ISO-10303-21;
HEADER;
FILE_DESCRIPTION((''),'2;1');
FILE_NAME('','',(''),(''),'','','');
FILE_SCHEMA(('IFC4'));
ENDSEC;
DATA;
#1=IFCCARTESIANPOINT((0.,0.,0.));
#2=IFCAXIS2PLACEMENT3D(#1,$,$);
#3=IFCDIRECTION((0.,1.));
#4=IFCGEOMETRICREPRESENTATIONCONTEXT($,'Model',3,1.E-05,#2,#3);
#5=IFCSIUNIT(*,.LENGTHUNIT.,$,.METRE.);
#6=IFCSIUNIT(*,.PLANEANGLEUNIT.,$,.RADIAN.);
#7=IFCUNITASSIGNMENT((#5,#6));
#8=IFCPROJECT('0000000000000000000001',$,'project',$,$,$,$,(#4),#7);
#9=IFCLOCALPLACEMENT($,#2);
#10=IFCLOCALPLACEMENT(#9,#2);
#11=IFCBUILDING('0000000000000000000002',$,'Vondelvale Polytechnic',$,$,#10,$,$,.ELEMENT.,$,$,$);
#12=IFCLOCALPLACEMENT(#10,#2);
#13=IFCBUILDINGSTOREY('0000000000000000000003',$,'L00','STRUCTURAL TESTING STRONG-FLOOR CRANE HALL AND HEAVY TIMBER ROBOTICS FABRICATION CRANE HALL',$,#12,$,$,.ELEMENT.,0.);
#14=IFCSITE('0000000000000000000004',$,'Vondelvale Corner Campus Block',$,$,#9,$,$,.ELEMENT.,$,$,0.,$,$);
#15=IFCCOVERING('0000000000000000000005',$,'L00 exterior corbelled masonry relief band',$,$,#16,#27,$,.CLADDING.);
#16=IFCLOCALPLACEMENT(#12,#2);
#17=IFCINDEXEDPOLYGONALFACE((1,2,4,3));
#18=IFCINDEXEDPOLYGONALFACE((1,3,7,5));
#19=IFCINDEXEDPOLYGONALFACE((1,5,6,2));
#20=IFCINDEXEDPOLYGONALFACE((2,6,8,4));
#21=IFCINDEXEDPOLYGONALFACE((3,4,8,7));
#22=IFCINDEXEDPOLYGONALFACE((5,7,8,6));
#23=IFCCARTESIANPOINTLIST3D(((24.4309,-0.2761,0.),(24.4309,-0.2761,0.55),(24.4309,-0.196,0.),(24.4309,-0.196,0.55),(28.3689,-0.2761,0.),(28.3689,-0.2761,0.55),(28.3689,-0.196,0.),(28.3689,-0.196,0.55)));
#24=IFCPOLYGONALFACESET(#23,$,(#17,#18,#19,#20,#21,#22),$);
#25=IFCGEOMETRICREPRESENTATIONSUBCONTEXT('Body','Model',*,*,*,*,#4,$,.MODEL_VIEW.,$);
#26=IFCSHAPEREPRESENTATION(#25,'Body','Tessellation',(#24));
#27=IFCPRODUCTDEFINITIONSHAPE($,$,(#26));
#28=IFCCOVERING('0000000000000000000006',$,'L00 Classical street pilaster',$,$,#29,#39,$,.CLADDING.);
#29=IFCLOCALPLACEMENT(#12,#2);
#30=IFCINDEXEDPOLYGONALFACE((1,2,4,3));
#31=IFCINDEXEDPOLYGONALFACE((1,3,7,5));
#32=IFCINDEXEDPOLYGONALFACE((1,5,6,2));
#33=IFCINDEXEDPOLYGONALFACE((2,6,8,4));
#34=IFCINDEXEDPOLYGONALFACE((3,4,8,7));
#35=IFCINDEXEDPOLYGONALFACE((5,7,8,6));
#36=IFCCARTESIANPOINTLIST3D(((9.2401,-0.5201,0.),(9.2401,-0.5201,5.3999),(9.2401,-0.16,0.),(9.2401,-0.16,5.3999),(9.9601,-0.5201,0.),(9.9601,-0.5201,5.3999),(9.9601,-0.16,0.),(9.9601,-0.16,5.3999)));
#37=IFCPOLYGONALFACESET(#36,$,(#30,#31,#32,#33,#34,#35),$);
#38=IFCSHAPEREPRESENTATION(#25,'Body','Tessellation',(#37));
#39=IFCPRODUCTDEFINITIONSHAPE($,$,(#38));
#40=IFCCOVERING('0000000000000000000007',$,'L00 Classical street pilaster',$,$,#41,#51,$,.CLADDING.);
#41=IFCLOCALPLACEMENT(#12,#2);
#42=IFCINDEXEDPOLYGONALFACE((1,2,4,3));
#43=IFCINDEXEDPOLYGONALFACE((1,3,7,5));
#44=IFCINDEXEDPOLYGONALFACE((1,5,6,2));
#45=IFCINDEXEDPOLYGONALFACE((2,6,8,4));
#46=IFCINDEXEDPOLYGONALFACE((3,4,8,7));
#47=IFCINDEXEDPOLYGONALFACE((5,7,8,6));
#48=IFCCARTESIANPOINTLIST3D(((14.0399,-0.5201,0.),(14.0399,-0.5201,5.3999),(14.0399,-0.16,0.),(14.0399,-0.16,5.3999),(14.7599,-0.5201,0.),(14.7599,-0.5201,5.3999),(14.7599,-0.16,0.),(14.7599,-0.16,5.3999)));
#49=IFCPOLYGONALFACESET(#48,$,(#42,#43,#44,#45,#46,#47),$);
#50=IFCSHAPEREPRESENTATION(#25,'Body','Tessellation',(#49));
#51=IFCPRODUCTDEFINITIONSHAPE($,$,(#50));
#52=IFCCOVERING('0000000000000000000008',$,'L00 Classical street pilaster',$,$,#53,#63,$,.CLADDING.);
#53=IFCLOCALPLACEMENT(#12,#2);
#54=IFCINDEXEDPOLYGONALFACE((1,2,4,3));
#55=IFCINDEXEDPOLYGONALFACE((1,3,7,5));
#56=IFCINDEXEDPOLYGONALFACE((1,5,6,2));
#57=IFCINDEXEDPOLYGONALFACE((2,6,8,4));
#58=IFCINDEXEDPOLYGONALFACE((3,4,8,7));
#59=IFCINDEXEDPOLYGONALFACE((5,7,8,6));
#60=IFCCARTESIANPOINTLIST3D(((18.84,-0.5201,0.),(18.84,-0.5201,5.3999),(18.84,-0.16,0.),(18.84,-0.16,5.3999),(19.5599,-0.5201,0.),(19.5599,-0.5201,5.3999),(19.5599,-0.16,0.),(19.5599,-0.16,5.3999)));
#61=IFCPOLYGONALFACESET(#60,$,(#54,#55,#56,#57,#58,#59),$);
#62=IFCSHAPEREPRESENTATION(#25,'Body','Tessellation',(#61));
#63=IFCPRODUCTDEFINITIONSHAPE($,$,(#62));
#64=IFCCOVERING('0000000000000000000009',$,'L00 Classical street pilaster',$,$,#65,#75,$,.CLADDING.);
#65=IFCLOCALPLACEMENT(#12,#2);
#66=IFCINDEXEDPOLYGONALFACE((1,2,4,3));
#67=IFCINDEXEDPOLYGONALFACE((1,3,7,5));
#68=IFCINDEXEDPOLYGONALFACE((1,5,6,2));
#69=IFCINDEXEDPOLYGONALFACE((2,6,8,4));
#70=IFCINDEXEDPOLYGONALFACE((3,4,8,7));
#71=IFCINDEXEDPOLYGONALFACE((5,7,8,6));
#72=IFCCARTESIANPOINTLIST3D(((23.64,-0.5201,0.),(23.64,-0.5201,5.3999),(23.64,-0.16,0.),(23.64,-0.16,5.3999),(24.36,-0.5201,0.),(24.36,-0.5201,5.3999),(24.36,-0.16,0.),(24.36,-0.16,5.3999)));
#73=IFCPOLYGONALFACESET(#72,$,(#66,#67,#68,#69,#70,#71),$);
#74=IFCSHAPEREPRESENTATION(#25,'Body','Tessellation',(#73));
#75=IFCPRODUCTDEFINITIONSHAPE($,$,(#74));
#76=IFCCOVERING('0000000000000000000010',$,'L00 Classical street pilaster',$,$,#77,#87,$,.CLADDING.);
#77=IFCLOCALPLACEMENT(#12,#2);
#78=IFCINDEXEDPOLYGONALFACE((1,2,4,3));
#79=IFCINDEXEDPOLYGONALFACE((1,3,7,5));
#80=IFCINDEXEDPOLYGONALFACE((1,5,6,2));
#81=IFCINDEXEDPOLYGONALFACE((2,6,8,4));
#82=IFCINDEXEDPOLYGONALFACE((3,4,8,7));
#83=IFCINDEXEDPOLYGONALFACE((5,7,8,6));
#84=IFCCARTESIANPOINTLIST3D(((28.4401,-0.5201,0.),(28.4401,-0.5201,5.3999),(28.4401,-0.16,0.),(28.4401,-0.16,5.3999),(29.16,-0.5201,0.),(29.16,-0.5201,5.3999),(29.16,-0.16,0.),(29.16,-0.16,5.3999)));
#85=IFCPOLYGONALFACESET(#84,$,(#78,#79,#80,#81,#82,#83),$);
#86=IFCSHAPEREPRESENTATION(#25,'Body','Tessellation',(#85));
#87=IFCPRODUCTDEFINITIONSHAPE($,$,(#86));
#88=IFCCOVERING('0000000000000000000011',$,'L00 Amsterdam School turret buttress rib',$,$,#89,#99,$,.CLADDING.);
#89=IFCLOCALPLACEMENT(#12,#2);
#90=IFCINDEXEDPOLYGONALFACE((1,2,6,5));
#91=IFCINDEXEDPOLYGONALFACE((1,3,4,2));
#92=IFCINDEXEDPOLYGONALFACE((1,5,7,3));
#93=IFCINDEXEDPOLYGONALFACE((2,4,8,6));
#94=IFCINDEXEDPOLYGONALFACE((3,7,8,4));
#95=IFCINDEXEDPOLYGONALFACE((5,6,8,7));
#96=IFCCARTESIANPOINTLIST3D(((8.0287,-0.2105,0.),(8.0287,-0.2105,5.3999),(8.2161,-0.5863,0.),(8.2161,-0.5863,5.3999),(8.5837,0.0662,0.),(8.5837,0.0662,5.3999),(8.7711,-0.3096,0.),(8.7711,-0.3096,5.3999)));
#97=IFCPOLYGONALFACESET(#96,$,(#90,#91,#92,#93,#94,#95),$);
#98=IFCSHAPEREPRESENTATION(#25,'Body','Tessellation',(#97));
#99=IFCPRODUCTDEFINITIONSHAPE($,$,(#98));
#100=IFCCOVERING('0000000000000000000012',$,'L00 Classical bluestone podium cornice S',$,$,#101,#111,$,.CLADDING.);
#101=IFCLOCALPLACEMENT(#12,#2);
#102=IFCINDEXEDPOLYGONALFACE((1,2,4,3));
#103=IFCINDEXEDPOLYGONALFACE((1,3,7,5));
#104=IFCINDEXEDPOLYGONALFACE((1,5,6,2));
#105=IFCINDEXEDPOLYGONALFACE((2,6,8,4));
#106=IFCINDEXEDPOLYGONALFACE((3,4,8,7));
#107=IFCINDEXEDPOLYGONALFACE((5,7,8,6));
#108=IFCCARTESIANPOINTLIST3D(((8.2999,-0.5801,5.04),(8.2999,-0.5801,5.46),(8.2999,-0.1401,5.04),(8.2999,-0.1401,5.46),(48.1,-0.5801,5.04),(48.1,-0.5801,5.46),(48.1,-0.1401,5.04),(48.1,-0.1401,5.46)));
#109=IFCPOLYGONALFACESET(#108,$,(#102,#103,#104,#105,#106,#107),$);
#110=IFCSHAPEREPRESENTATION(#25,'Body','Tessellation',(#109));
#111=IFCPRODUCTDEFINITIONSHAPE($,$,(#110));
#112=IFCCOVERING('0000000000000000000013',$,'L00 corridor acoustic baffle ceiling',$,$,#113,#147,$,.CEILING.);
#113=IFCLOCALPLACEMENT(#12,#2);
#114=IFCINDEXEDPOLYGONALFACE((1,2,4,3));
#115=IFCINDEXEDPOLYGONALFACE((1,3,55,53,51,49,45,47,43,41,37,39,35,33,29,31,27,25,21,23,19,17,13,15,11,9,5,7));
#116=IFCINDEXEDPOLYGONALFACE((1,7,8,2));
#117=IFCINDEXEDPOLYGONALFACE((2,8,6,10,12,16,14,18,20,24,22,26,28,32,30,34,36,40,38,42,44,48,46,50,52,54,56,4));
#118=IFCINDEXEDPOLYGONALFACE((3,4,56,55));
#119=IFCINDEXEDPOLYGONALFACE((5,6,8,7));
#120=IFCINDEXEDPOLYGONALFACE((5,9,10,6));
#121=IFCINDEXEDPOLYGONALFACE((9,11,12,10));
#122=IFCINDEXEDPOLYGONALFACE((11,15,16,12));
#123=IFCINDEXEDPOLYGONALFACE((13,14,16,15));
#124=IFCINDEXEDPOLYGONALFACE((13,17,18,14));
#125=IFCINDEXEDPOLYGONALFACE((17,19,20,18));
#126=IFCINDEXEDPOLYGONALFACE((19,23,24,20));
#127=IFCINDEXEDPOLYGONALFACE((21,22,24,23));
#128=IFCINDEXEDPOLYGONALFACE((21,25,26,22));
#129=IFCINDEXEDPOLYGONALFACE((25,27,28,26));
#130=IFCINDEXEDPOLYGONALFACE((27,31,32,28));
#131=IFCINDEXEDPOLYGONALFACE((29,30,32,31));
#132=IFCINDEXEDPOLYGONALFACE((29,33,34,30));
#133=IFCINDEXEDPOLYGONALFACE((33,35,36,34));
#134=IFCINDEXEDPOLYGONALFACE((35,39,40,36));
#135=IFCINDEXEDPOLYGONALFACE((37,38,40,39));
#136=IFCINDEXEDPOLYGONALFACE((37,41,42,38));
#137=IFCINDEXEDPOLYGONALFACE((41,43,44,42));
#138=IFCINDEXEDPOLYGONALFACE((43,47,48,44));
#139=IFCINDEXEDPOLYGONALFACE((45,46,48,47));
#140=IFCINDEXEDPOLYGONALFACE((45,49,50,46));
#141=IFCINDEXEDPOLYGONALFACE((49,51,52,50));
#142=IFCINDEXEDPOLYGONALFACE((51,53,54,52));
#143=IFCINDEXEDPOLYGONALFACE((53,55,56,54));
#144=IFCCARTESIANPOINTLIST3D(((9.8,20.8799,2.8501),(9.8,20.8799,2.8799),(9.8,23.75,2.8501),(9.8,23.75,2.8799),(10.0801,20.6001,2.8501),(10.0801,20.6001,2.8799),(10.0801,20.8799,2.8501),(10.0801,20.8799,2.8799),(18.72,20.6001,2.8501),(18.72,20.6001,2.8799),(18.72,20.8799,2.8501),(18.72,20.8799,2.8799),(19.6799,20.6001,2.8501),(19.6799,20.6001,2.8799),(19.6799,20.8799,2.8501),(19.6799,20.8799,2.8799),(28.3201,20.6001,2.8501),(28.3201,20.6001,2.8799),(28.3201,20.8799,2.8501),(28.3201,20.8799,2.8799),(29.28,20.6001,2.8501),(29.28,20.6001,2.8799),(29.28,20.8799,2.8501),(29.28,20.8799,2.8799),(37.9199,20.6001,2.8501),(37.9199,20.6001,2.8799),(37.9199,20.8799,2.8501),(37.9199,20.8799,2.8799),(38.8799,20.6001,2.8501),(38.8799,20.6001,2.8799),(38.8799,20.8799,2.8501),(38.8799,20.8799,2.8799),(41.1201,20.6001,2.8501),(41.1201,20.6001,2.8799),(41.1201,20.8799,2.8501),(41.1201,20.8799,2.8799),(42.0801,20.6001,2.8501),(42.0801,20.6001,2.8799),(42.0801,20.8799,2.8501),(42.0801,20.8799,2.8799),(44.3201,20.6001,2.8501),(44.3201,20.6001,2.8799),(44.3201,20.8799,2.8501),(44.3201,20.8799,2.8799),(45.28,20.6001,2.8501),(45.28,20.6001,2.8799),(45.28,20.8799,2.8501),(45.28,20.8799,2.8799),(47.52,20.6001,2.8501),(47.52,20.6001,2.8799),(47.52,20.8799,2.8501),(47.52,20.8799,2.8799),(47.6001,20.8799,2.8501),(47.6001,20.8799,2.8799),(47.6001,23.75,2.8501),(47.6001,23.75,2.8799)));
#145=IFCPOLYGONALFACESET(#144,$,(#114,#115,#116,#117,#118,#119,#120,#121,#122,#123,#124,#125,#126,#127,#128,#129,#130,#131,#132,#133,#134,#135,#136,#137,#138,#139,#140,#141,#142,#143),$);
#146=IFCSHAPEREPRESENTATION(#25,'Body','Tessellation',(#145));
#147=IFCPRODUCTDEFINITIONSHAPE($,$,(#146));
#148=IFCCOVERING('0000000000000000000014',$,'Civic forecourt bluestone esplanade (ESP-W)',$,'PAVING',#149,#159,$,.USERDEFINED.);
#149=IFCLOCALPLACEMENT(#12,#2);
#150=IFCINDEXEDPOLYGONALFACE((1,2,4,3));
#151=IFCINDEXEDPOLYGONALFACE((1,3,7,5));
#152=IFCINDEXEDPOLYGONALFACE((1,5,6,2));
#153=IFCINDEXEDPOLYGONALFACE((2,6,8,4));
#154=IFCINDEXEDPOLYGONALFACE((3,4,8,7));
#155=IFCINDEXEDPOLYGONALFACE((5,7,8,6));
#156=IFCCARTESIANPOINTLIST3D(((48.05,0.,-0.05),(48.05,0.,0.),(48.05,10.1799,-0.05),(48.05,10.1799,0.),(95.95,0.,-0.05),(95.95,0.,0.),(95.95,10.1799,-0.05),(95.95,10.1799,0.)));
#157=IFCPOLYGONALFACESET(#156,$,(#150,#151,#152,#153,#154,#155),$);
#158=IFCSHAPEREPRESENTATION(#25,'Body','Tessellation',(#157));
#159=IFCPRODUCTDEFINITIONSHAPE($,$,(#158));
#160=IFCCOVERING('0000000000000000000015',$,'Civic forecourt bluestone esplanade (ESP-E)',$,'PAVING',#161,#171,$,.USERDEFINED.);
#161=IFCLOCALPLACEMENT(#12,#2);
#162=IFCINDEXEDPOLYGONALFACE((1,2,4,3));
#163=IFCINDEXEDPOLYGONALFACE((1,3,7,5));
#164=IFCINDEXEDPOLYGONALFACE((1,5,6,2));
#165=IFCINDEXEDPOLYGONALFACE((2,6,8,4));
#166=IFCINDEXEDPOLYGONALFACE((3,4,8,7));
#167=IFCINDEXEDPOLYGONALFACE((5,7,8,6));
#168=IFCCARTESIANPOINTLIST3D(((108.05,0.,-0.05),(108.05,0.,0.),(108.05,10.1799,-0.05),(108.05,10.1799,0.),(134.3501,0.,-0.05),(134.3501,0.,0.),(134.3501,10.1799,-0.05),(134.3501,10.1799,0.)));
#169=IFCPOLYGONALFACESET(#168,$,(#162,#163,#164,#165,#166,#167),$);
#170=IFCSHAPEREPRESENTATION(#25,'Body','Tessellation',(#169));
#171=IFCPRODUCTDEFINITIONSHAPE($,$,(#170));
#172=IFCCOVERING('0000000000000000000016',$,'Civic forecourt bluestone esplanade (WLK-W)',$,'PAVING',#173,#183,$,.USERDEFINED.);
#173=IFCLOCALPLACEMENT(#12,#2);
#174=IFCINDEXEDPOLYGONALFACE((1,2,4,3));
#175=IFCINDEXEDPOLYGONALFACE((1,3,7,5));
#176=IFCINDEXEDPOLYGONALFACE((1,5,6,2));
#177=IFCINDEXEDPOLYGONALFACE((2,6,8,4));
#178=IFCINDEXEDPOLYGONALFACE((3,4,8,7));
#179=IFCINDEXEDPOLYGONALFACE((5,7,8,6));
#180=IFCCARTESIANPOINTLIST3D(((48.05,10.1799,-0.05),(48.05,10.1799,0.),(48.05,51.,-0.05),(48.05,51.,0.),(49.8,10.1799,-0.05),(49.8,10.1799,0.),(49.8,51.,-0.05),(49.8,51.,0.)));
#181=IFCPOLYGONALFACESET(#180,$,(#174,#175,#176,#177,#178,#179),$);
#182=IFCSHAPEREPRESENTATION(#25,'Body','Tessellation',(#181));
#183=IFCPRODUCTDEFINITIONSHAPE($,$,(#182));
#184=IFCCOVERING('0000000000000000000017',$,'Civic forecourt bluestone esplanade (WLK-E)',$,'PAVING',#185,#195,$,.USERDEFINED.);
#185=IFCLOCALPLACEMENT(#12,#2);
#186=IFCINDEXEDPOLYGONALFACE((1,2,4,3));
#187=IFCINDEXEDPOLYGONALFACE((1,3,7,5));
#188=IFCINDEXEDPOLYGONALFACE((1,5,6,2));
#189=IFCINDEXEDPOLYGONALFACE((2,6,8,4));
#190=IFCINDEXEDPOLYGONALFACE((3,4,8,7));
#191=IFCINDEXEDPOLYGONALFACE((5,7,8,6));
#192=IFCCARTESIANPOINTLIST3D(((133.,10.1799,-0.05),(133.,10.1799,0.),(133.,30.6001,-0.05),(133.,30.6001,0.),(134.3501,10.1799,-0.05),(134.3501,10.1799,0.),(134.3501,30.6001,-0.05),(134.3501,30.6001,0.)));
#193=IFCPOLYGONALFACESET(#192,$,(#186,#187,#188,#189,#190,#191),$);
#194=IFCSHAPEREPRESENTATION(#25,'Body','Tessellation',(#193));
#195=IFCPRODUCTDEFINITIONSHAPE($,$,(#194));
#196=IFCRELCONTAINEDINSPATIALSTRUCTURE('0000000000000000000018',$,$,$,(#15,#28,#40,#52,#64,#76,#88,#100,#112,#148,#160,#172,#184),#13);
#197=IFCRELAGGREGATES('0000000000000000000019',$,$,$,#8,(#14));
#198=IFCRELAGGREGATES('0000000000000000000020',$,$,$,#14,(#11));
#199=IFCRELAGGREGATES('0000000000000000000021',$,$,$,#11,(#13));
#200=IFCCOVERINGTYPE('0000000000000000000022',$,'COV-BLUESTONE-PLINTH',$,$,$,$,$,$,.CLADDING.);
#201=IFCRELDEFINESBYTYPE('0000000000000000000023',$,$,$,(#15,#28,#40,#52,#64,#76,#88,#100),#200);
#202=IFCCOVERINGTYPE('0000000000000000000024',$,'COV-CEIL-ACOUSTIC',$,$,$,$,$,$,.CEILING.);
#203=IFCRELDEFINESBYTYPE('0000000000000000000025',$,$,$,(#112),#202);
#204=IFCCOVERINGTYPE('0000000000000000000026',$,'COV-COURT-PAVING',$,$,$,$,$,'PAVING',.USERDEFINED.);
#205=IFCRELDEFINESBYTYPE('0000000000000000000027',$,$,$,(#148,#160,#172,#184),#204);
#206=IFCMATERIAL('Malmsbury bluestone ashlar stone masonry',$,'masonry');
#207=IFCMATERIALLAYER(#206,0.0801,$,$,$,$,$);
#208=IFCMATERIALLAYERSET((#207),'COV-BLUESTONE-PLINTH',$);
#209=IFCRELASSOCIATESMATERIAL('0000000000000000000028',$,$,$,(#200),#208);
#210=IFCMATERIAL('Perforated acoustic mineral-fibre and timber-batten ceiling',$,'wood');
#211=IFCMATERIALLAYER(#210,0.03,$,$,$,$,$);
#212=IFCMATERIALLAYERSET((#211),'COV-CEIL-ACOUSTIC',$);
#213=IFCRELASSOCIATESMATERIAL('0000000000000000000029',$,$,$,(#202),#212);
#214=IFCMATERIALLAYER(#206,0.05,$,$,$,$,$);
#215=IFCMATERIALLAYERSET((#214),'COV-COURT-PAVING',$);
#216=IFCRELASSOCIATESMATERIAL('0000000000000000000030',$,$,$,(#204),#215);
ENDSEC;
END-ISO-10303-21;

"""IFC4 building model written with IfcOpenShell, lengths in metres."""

from ifc_helpers import new_model, si_unit, direction, frame, origin, origin_2d, place, context, subcontext, project, spatial, polyline, rectangle, outline, extrude, material, layer, layer_set, type_object, element, save


model = new_model("IFC4")

# Units and contexts
model_context = context("Model", 3, precision=1e-05, world=origin(), true_north=direction((0.0, 1.0)))
body_context = subcontext(model_context, "Body", "Model", "MODEL_VIEW")
ifc_project = project(units=[si_unit("LENGTHUNIT", "METRE"), si_unit("PLANEANGLEUNIT", "RADIAN")], contexts=[model_context])

# Site, building, storey
site_placement = place(None, origin())
site = spatial("IfcSite", under=ifc_project, at=site_placement, Name="Vondelvale Corner Campus Block", CompositionType="ELEMENT", RefElevation=0.0)
building_placement = place(site_placement, origin())
building = spatial("IfcBuilding", under=site, at=building_placement, Name="Vondelvale Polytechnic", CompositionType="ELEMENT")
storey_placement = place(building_placement, origin())
storey = spatial("IfcBuildingStorey", under=building, at=storey_placement, Name="L00", Description="STRUCTURAL TESTING STRONG-FLOOR CRANE HALL AND HEAVY TIMBER ROBOTICS FABRICATION CRANE HALL", CompositionType="ELEMENT", Elevation=0.0)

# Coverings
ifc_material_1 = material(Name="Malmsbury bluestone ashlar stone masonry", Category="masonry")
ifc_layer_1 = layer(ifc_material_1, 0.0801)
ifc_layer_set_1 = layer_set([ifc_layer_1], Name="COV-BLUESTONE-PLINTH")
covering_type_1 = type_object("IfcCoveringType", Name="COV-BLUESTONE-PLINTH", PredefinedType="CLADDING", material=ifc_layer_set_1)
for number, where, z_axis, x_axis, name in (
    (1, (26.3999, -0.2361, 0.0), (0.0, 0.0, 1.0), (-1.0, 0.0, 0.0), "L00 exterior corbelled masonry relief band"),
):
    element("IfcCovering", number, at=place(storey_placement, frame(where, z_axis=z_axis, x_axis=x_axis)), inside=storey, type_object=covering_type_1, Name=name, PredefinedType="CLADDING", context=body_context, shape_type="SweptSolid", body=[
        extrude(rectangle(XDim=3.938, YDim=0.0801, at=origin_2d()), origin(), (0.0, 0.0, 1.0), 0.55),
    ])
for number, where, z_axis, x_axis, name in (
    (2, (9.6001, -0.3401, 0.0), (0.0, 0.0, 1.0), (1.0, 0.0, 0.0), "L00 Classical street pilaster"),
    (3, (14.3999, -0.3401, 0.0), (0.0, 0.0, 1.0), (1.0, 0.0, 0.0), "L00 Classical street pilaster"),
    (4, (19.2, -0.3401, 0.0), (0.0, 0.0, 1.0), (1.0, 0.0, 0.0), "L00 Classical street pilaster"),
    (5, (24.0, -0.3401, 0.0), (0.0, 0.0, 1.0), (1.0, 0.0, 0.0), "L00 Classical street pilaster"),
    (6, (28.8, -0.3401, 0.0), (0.0, 0.0, 1.0), (1.0, 0.0, 0.0), "L00 Classical street pilaster"),
):
    element("IfcCovering", number, at=place(storey_placement, frame(where, z_axis=z_axis, x_axis=x_axis)), inside=storey, type_object=covering_type_1, Name=name, PredefinedType="CLADDING", context=body_context, shape_type="SweptSolid", body=[
        extrude(rectangle(XDim=0.72, YDim=0.3601, at=origin_2d()), origin(), (0.0, 0.0, 1.0), 5.3999),
    ])
covering_1_placement = place(storey_placement, frame((8.3999, -0.26, 0.0), z_axis=(0.0, 0.0, 1.0), x_axis=(0.894934, 0.446198, 0.0)))
element("IfcCovering", 7, at=covering_1_placement, inside=storey, type_object=covering_type_1, Name="L00 Amsterdam School turret buttress rib", PredefinedType="CLADDING", context=body_context, shape_type="SweptSolid", body=[
    extrude(rectangle(XDim=0.6201, YDim=0.4199, at=origin_2d()), origin(), (0.0, 0.0, 1.0), 5.3999),
])
covering_2_placement = place(storey_placement, frame((28.2, -0.3601, 5.04), z_axis=(0.0, 0.0, 1.0), x_axis=(1.0, 0.0, 0.0)))
element("IfcCovering", 8, at=covering_2_placement, inside=storey, type_object=covering_type_1, Name="L00 Classical bluestone podium cornice S", PredefinedType="CLADDING", context=body_context, shape_type="SweptSolid", body=[
    extrude(rectangle(XDim=39.8, YDim=0.4399, at=origin_2d()), origin(), (0.0, 0.0, 1.0), 0.4199),
])
ifc_material_2 = material(Name="Perforated acoustic mineral-fibre and timber-batten ceiling", Category="wood")
ifc_layer_2 = layer(ifc_material_2, 0.03)
ifc_layer_set_2 = layer_set([ifc_layer_2], Name="COV-CEIL-ACOUSTIC")
covering_type_2 = type_object("IfcCoveringType", Name="COV-CEIL-ACOUSTIC", PredefinedType="CEILING", material=ifc_layer_set_2)
covering_3_placement = place(storey_placement, frame((0.0, 0.0, 2.8501)))
element("IfcCovering", 9, at=covering_3_placement, inside=storey, type_object=covering_type_2, Name="L00 corridor acoustic baffle ceiling", PredefinedType="CEILING", context=body_context, shape_type="SweptSolid", body=[
    extrude(outline(polyline([(10.0801, 20.6001), (10.0801, 20.8799), (9.8, 20.8799), (9.8, 23.75), (47.6001, 23.75), (47.6001, 20.8799), (47.52, 20.8799), (47.52, 20.6001), (45.28, 20.6001), (45.28, 20.8799), (44.3201, 20.8799), (44.3201, 20.6001), (42.0801, 20.6001), (42.0801, 20.8799), (41.1201, 20.8799), (41.1201, 20.6001), (38.8799, 20.6001), (38.8799, 20.8799), (37.9199, 20.8799), (37.9199, 20.6001), (29.28, 20.6001), (29.28, 20.8799), (28.3201, 20.8799), (28.3201, 20.6001), (19.6799, 20.6001), (19.6799, 20.8799), (18.72, 20.8799), (18.72, 20.6001), (10.0801, 20.6001)])), origin(), (0.0, 0.0, 1.0), 0.0298),
])
ifc_layer_3 = layer(ifc_material_1, 0.05)
ifc_layer_set_3 = layer_set([ifc_layer_3], Name="COV-COURT-PAVING")
covering_type_3 = type_object("IfcCoveringType", Name="COV-COURT-PAVING", ElementType="PAVING", PredefinedType="USERDEFINED", material=ifc_layer_set_3)
covering_4_placement = place(storey_placement, frame((0.0, 0.0, -0.05)))
element("IfcCovering", 10, at=covering_4_placement, inside=storey, type_object=covering_type_3, Name="Civic forecourt bluestone esplanade (ESP-W)", ObjectType="PAVING", PredefinedType="USERDEFINED", context=body_context, shape_type="SweptSolid", body=[
    extrude(outline(polyline([(48.05, 0.0), (95.95, 0.0), (95.95, 10.1799), (48.05, 10.1799), (48.05, 0.0)])), origin(), (0.0, 0.0, 1.0), 0.05),
])
covering_5_placement = place(storey_placement, frame((0.0, 0.0, -0.05)))
element("IfcCovering", 11, at=covering_5_placement, inside=storey, type_object=covering_type_3, Name="Civic forecourt bluestone esplanade (ESP-E)", ObjectType="PAVING", PredefinedType="USERDEFINED", context=body_context, shape_type="SweptSolid", body=[
    extrude(outline(polyline([(108.05, 0.0), (134.3501, 0.0), (134.3501, 10.1799), (108.05, 10.1799), (108.05, 0.0)])), origin(), (0.0, 0.0, 1.0), 0.05),
])
covering_6_placement = place(storey_placement, frame((0.0, 0.0, -0.05)))
element("IfcCovering", 12, at=covering_6_placement, inside=storey, type_object=covering_type_3, Name="Civic forecourt bluestone esplanade (WLK-W)", ObjectType="PAVING", PredefinedType="USERDEFINED", context=body_context, shape_type="SweptSolid", body=[
    extrude(outline(polyline([(48.05, 10.1799), (49.8, 10.1799), (49.8, 51.0), (48.05, 51.0), (48.05, 10.1799)])), origin(), (0.0, 0.0, 1.0), 0.05),
])
covering_7_placement = place(storey_placement, frame((0.0, 0.0, -0.05)))
element("IfcCovering", 13, at=covering_7_placement, inside=storey, type_object=covering_type_3, Name="Civic forecourt bluestone esplanade (WLK-E)", ObjectType="PAVING", PredefinedType="USERDEFINED", context=body_context, shape_type="SweptSolid", body=[
    extrude(outline(polyline([(133.0, 10.1799), (134.3501, 10.1799), (134.3501, 30.6001), (133.0, 30.6001), (133.0, 10.1799)])), origin(), (0.0, 0.0, 1.0), 0.05),
])

save(model, "model.ifc")
